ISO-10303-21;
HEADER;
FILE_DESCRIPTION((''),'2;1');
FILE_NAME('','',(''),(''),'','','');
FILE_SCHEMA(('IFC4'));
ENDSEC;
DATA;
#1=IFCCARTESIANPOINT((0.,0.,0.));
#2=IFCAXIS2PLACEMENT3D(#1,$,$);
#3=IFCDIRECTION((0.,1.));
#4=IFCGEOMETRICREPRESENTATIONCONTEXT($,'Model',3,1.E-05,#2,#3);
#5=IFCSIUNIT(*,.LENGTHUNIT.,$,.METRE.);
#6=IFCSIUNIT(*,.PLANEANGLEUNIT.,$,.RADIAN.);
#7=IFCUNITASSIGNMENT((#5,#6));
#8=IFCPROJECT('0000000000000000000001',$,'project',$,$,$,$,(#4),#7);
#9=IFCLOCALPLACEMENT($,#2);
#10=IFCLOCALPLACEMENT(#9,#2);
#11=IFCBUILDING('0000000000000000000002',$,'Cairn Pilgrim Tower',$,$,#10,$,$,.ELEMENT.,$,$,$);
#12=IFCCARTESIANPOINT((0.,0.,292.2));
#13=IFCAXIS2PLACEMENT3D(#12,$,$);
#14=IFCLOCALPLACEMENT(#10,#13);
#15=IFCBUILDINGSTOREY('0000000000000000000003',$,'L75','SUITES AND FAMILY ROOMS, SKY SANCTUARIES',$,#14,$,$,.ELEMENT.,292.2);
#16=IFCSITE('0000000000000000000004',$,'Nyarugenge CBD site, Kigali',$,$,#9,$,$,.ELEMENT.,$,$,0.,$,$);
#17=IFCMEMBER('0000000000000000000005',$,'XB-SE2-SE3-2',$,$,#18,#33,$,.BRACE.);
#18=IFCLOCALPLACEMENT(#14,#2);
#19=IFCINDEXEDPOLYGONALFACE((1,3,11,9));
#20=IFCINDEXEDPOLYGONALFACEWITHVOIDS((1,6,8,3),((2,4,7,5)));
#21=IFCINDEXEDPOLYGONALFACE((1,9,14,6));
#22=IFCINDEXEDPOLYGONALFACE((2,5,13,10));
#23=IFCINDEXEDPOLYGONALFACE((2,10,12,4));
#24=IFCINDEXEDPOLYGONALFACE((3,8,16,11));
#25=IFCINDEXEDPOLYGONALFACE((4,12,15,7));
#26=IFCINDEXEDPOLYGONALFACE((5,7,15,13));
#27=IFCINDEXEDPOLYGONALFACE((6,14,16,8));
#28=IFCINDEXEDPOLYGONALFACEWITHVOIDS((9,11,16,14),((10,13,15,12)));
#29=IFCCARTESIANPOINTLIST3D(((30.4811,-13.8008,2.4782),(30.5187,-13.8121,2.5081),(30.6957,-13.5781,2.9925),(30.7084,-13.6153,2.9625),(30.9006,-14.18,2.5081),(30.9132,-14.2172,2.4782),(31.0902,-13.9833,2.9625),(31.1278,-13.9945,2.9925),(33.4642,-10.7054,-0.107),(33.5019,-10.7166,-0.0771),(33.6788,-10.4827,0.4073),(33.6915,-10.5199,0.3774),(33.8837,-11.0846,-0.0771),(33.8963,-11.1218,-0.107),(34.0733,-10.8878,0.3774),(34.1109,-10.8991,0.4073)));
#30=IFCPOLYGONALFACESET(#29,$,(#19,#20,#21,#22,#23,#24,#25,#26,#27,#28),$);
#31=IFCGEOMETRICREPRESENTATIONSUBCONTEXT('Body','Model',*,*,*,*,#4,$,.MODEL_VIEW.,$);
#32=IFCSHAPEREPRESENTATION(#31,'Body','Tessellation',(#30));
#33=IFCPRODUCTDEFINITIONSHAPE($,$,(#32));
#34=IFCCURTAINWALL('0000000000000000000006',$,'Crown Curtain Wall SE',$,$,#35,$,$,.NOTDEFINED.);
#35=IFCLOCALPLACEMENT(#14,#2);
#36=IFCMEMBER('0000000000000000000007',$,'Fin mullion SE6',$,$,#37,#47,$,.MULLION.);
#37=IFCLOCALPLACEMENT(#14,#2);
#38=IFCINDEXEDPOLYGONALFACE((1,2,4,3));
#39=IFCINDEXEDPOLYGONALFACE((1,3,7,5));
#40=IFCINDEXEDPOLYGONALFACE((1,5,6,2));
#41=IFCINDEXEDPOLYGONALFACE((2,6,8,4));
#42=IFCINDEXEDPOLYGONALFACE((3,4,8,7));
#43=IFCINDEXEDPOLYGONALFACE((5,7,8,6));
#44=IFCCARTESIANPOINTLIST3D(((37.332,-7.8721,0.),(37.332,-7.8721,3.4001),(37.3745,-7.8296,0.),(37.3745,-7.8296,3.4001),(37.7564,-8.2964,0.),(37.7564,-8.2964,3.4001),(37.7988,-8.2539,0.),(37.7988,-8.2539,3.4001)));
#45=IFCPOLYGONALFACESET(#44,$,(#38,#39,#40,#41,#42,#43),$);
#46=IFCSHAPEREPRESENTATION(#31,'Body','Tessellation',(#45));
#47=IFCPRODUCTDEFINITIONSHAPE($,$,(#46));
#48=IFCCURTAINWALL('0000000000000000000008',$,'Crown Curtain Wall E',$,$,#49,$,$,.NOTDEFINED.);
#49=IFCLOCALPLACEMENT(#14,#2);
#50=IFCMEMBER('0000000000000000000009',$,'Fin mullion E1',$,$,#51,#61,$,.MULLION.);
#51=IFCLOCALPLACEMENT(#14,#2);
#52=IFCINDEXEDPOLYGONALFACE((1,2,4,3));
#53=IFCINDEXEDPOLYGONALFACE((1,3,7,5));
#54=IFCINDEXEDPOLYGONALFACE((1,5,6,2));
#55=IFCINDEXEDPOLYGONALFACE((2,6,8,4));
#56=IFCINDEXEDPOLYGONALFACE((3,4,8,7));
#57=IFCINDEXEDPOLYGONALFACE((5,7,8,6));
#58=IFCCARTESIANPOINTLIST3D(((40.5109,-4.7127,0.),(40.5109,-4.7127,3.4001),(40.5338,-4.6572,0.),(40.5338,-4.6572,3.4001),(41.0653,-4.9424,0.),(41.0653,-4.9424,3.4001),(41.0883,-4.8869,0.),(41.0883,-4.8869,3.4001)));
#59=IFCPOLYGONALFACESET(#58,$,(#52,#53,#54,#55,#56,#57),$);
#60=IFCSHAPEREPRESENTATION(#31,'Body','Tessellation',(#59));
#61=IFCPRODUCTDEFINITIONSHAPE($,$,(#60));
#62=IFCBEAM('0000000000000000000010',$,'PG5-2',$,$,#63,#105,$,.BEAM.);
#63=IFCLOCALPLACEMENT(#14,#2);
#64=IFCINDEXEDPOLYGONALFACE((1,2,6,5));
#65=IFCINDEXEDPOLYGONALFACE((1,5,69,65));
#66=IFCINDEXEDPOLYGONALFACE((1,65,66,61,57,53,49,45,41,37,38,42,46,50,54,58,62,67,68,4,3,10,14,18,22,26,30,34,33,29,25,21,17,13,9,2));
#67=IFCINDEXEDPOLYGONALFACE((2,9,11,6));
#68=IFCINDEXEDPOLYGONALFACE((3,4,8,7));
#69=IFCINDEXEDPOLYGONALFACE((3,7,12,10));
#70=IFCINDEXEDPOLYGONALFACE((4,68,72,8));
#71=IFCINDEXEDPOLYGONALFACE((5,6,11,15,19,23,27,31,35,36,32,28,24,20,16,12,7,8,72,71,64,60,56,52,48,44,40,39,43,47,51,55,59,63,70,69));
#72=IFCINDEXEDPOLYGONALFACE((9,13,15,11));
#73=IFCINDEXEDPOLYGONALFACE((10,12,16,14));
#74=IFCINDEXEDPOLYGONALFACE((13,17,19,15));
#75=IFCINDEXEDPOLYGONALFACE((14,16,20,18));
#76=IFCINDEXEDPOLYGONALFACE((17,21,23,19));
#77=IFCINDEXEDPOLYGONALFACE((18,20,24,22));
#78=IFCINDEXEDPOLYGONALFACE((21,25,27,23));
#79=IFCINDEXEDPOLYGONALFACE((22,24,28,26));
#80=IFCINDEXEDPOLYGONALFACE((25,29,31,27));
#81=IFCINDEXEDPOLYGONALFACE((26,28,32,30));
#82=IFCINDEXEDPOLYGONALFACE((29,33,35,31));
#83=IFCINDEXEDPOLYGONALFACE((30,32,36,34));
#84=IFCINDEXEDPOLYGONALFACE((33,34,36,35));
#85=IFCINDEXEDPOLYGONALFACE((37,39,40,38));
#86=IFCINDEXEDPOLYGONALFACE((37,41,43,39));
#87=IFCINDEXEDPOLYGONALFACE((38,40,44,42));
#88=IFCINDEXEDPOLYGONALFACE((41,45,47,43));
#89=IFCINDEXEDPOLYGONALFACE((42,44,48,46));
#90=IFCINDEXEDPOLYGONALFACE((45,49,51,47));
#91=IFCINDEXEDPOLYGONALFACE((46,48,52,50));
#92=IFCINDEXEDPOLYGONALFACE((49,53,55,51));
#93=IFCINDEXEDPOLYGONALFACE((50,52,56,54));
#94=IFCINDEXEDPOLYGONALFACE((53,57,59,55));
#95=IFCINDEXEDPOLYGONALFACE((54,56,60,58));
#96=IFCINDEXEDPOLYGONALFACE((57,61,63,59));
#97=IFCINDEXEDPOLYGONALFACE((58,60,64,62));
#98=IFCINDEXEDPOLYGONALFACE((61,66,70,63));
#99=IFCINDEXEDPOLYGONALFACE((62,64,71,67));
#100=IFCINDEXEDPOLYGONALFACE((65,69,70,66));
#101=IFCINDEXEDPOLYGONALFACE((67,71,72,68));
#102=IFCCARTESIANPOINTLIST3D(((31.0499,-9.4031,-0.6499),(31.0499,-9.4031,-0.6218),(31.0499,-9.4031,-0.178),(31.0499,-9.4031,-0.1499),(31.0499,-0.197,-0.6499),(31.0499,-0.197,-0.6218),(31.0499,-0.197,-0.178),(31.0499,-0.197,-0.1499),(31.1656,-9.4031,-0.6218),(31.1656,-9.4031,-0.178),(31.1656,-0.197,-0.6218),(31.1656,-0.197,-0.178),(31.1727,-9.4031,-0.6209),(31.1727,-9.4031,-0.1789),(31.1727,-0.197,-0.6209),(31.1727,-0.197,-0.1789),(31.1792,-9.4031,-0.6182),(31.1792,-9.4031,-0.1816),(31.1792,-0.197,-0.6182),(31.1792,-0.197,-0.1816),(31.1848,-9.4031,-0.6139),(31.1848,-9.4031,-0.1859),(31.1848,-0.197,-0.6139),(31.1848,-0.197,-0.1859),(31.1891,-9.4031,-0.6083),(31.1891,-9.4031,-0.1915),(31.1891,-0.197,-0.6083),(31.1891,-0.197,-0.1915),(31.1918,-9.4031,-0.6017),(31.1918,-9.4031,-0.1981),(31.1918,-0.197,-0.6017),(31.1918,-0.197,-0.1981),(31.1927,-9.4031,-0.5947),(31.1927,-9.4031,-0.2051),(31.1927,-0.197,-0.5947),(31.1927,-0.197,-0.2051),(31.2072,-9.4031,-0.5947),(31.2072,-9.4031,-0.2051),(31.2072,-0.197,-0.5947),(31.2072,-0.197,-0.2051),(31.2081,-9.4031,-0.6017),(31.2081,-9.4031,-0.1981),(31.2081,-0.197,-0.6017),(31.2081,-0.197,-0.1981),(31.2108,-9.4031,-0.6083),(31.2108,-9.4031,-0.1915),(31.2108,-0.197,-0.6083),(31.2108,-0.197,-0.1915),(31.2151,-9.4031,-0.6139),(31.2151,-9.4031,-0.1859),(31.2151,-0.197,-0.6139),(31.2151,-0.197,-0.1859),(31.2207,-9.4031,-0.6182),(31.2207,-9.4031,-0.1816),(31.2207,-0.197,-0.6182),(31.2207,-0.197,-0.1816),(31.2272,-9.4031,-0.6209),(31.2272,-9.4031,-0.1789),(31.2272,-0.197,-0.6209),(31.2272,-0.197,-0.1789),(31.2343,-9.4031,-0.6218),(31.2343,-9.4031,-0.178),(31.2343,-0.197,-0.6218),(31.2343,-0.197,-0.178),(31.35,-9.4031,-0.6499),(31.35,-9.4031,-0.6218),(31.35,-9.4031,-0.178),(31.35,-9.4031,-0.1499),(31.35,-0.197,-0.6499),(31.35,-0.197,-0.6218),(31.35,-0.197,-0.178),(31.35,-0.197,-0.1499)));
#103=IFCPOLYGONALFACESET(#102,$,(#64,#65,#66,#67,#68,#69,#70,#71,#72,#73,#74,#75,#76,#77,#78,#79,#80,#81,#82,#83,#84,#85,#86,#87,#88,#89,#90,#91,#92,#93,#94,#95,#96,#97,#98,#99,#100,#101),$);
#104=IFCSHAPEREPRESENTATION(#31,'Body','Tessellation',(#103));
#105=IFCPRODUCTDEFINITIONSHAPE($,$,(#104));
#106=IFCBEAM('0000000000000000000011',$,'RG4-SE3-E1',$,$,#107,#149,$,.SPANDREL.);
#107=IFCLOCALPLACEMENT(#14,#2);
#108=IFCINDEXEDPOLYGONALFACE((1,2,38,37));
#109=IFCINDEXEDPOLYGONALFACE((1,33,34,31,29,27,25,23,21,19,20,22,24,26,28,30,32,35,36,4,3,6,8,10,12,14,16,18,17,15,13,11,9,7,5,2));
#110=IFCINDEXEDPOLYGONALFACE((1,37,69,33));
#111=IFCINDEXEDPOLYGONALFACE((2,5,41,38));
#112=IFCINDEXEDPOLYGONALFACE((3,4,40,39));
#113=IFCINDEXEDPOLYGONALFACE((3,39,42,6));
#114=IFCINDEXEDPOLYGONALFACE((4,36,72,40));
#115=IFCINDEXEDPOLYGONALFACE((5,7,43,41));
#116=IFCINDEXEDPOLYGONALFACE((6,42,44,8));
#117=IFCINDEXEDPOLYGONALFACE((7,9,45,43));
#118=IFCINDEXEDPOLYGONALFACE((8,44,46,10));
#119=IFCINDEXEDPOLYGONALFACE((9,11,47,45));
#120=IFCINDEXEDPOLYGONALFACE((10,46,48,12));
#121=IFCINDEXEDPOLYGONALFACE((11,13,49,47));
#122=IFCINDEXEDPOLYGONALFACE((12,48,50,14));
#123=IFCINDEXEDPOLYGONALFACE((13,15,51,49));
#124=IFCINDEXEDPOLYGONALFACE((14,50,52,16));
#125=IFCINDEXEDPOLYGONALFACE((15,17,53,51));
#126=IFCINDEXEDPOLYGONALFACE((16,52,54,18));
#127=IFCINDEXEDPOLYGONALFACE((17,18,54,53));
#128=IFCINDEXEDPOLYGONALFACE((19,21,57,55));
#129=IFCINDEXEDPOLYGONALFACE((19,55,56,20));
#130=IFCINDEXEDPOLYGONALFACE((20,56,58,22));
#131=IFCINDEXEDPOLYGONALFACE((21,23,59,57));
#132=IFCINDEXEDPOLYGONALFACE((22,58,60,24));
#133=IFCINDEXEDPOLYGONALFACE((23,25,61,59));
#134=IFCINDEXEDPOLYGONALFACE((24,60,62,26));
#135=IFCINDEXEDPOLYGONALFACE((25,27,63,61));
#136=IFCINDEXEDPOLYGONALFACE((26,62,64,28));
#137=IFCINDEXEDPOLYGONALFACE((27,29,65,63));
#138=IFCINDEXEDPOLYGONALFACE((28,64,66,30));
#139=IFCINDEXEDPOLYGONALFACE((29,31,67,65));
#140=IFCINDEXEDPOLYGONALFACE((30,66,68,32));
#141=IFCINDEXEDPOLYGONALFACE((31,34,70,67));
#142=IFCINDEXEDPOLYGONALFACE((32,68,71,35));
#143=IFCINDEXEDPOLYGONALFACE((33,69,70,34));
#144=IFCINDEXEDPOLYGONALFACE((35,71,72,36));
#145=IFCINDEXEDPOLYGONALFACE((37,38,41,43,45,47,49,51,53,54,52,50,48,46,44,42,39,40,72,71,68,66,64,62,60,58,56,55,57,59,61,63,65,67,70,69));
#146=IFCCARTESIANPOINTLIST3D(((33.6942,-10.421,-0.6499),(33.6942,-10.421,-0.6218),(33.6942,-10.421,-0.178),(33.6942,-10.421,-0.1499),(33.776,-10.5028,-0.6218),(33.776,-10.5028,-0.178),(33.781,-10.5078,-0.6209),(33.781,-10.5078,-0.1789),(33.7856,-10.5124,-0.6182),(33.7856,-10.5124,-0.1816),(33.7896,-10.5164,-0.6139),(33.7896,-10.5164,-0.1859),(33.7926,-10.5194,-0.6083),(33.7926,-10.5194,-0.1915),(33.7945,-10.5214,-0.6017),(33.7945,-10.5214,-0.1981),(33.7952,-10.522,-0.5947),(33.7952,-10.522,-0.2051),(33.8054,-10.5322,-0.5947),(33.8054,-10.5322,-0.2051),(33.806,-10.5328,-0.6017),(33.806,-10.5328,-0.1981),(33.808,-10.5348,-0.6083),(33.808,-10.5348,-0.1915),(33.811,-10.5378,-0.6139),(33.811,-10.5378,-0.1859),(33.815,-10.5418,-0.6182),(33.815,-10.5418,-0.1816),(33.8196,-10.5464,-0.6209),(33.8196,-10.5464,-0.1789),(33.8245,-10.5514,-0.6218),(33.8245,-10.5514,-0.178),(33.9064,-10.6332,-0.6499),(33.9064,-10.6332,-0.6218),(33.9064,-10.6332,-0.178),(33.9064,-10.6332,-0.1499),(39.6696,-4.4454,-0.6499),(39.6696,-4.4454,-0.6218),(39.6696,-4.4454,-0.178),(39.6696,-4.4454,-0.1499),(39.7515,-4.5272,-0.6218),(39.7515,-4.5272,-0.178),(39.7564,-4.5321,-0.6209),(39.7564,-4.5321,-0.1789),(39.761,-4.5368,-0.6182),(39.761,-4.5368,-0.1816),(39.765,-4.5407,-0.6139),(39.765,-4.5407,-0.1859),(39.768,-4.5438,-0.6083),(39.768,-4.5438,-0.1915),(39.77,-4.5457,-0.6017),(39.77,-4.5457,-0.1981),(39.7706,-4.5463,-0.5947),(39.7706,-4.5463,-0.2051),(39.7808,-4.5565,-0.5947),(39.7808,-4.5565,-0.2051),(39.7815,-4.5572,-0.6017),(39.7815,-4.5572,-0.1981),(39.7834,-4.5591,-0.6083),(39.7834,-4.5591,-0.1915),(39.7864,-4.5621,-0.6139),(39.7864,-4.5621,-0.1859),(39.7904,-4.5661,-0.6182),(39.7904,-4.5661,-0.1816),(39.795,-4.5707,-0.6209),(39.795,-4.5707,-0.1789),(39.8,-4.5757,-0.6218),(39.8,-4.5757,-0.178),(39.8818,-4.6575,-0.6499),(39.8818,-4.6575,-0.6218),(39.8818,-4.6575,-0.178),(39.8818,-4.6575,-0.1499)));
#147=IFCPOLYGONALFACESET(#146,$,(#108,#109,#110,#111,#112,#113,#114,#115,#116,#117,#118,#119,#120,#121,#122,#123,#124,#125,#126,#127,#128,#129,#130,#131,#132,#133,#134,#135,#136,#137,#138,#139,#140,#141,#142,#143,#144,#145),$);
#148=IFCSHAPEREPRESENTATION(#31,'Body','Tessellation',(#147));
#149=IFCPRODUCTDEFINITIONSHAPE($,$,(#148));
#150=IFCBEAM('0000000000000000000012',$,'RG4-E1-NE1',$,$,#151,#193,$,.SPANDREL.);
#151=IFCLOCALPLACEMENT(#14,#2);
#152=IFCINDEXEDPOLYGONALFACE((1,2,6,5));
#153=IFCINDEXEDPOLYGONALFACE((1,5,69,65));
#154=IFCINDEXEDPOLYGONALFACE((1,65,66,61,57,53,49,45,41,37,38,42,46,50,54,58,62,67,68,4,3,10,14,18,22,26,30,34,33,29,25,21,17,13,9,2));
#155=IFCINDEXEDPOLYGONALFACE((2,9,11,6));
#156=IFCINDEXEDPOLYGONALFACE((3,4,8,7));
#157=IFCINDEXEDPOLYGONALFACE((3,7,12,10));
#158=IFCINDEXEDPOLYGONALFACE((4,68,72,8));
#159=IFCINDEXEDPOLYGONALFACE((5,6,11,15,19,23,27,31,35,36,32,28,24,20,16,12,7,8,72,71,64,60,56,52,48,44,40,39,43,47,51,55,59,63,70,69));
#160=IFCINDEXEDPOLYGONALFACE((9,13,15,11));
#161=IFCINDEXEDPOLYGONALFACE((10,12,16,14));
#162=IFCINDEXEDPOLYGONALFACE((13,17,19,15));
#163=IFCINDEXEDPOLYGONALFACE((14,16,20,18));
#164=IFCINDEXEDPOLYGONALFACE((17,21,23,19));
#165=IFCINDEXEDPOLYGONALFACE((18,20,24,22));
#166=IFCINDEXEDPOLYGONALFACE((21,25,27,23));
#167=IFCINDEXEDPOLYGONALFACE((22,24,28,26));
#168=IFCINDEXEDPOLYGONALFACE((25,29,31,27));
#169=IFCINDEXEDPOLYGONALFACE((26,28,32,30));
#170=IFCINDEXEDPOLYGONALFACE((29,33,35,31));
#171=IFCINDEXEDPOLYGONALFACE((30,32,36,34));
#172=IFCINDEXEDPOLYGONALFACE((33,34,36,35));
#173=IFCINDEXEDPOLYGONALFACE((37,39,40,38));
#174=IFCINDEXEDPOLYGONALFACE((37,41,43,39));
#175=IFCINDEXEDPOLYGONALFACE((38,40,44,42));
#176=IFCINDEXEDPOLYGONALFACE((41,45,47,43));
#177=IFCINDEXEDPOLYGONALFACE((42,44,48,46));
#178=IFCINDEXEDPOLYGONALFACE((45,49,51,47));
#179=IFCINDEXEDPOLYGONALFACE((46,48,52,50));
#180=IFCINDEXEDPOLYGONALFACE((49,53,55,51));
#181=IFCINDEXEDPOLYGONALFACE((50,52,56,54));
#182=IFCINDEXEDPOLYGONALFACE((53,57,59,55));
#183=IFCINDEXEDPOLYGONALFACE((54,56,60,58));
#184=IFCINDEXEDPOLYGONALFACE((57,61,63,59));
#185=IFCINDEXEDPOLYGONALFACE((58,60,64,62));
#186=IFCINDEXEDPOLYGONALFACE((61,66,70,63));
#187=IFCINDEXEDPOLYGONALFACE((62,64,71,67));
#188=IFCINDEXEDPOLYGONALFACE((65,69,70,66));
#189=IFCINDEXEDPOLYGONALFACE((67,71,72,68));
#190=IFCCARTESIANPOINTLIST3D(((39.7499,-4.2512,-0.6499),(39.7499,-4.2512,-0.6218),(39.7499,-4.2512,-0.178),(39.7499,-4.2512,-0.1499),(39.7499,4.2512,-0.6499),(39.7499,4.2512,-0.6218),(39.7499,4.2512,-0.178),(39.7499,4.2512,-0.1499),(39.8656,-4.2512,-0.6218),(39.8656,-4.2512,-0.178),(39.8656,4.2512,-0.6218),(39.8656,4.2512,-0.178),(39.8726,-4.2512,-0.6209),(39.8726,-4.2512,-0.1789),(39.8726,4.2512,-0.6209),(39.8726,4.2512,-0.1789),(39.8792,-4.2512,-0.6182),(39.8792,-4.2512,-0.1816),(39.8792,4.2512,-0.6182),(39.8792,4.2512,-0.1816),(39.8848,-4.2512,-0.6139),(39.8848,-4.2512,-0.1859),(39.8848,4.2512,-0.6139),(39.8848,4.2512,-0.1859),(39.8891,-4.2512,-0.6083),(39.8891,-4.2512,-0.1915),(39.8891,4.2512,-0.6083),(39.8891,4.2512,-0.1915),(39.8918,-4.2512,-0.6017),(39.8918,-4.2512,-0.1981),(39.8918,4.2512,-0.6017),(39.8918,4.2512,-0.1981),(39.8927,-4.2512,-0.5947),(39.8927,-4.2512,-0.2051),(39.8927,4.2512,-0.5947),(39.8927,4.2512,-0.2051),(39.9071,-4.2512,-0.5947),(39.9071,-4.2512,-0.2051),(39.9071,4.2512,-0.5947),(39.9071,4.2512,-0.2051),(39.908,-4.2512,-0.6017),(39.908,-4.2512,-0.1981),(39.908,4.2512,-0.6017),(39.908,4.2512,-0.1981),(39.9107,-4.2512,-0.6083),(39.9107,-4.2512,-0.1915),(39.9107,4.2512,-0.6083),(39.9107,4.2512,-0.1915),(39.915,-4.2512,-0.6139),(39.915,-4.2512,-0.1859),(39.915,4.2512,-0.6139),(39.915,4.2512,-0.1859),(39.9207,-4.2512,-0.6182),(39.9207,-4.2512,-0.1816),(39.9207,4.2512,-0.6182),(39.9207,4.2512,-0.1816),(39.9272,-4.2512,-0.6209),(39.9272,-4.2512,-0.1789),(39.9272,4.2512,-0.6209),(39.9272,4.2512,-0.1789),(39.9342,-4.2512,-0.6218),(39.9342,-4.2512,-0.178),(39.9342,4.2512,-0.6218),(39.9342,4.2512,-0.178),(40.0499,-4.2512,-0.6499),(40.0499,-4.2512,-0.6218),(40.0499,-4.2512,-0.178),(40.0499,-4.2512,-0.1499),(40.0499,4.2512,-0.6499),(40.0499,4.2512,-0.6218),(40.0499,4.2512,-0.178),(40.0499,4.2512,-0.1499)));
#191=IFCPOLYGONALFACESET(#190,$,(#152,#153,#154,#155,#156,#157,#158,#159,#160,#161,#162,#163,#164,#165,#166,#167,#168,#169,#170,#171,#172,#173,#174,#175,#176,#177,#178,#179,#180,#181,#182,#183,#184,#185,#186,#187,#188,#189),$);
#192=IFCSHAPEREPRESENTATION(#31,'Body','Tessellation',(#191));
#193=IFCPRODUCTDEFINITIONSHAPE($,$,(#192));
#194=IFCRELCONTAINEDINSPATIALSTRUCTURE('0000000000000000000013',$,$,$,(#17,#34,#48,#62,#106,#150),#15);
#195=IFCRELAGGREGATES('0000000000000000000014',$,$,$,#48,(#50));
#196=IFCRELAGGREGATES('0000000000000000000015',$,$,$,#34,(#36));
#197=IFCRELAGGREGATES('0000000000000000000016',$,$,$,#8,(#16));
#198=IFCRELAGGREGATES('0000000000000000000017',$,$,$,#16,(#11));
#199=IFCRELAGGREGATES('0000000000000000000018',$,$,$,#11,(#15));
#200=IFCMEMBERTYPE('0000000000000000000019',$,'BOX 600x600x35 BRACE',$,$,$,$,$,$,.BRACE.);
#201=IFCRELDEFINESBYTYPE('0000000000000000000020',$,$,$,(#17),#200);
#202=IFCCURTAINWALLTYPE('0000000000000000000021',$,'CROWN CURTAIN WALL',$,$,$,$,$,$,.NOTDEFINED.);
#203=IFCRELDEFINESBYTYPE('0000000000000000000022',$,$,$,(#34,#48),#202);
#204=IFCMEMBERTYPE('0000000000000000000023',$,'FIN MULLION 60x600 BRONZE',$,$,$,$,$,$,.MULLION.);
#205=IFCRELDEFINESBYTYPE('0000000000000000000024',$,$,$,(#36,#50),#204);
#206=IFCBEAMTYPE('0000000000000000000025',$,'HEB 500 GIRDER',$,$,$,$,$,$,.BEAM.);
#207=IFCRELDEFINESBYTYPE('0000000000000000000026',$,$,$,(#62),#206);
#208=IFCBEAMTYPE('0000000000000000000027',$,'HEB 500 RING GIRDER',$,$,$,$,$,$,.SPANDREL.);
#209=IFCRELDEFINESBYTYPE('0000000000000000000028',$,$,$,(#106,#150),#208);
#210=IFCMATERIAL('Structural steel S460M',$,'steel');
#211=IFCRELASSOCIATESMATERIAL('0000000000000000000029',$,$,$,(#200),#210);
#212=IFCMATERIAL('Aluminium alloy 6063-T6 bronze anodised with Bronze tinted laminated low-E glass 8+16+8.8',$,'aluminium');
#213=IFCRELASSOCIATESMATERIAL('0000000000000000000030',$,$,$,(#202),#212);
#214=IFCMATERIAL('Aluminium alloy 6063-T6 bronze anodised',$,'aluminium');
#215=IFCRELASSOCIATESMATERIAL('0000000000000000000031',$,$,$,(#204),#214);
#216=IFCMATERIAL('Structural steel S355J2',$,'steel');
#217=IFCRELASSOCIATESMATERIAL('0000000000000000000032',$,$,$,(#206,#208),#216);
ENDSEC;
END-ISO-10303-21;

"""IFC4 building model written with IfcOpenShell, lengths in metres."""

from ifc_helpers import new_model, si_unit, direction, frame, origin, origin_2d, place, context, subcontext, project, spatial, rectangle, hollow_rectangle, i_section, extrude, material, material_profile, profile_set, type_object, element, aggregate, save


model = new_model("IFC4")

# Units and contexts
model_context = context("Model", 3, precision=1e-05, world=origin(), true_north=direction((0.0, 1.0)))
body_context = subcontext(model_context, "Body", "Model", "MODEL_VIEW")
ifc_project = project(units=[si_unit("LENGTHUNIT", "METRE"), si_unit("PLANEANGLEUNIT", "RADIAN")], contexts=[model_context])

# Site, building, storey
site_placement = place(None, origin())
site = spatial("IfcSite", under=ifc_project, at=site_placement, Name="Nyarugenge CBD site, Kigali", CompositionType="ELEMENT", RefElevation=0.0)
building_placement = place(site_placement, origin())
building = spatial("IfcBuilding", under=site, at=building_placement, Name="Cairn Pilgrim Tower", CompositionType="ELEMENT")
storey_placement = place(building_placement, frame((0.0, 0.0, 292.2)))
storey = spatial("IfcBuildingStorey", under=building, at=storey_placement, Name="L75", Description="SUITES AND FAMILY ROOMS, SKY SANCTUARIES", CompositionType="ELEMENT", Elevation=292.2)

# Shared definitions
ifc_material_1 = material(Name="Structural steel S355J2", Category="steel")

# Member
ifc_material_2 = material(Name="Structural steel S460M", Category="steel")
ifc_material_profile_1 = material_profile(ifc_material_2, hollow_rectangle(XDim=0.6001, YDim=0.6001, WallThickness=0.0349, at=origin_2d()), Name="BOX 600x600x35")
ifc_profile_set_1 = profile_set([ifc_material_profile_1], Name="Structural steel S460M")
member_type_1 = type_object("IfcMemberType", Name="BOX 600x600x35 BRACE", PredefinedType="BRACE", material=ifc_profile_set_1)
member_1_placement = place(storey_placement, frame((33.7876, -10.8022, 0.1501), z_axis=(-0.594679, -0.617067, 0.51535), x_axis=(0.720048, -0.693924, 0.0)))
element("IfcMember", 1, at=member_1_placement, inside=storey, type_object=member_type_1, Name="XB-SE2-SE3-2", PredefinedType="BRACE", context=body_context, shape_type="SweptSolid", body=[
    extrude(hollow_rectangle(XDim=0.6001, YDim=0.6001, WallThickness=0.0349, at=origin_2d()), origin(), (0.0, 0.0, 1.0), 5.0164),
])

# Curtain walls, members
ifc_material_3 = material(Name="Aluminium alloy 6063-T6 bronze anodised with Bronze tinted laminated low-E glass 8+16+8.8", Category="aluminium")
curtain_wall_type = type_object("IfcCurtainWallType", Name="CROWN CURTAIN WALL", PredefinedType="NOTDEFINED", material=ifc_material_3)
curtain_wall_1_placement = place(storey_placement, origin())
curtain_wall_1 = element("IfcCurtainWall", 2, at=curtain_wall_1_placement, inside=storey, type_object=curtain_wall_type, Name="Crown Curtain Wall SE", PredefinedType="NOTDEFINED")
ifc_material_4 = material(Name="Aluminium alloy 6063-T6 bronze anodised", Category="aluminium")
ifc_material_profile_2 = material_profile(ifc_material_4, rectangle(XDim=0.6001, YDim=0.0601, at=origin_2d()), Name="FIN MULLION 60x600 BRONZE")
ifc_profile_set_2 = profile_set([ifc_material_profile_2], Name="Aluminium alloy 6063-T6 bronze anodised")
member_type_2 = type_object("IfcMemberType", Name="FIN MULLION 60x600 BRONZE", PredefinedType="MULLION", material=ifc_profile_set_2)
member_2_placement = place(storey_placement, frame((37.5654, -8.063, 0.0), z_axis=(0.0, 0.0, 1.0), x_axis=(0.707107, -0.707107, 0.0)))
member_2 = element("IfcMember", 3, at=member_2_placement, type_object=member_type_2, Name="Fin mullion SE6", PredefinedType="MULLION", context=body_context, shape_type="SweptSolid", body=[
    extrude(rectangle(XDim=0.6001, YDim=0.0601, at=origin_2d()), origin(), (0.0, 0.0, 1.0), 3.4001),
])
curtain_wall_2_placement = place(storey_placement, origin())
curtain_wall_2 = element("IfcCurtainWall", 4, at=curtain_wall_2_placement, inside=storey, type_object=curtain_wall_type, Name="Crown Curtain Wall E", PredefinedType="NOTDEFINED")
member_3_placement = place(storey_placement, frame((40.7996, -4.7998, 0.0), z_axis=(0.0, 0.0, 1.0), x_axis=(0.92388, -0.382683, 0.0)))
member_3 = element("IfcMember", 5, at=member_3_placement, type_object=member_type_2, Name="Fin mullion E1", PredefinedType="MULLION", context=body_context, shape_type="SweptSolid", body=[
    extrude(rectangle(XDim=0.6001, YDim=0.0601, at=origin_2d()), origin(), (0.0, 0.0, 1.0), 3.4001),
])
aggregate(curtain_wall_2, [member_3])

# Beams
ifc_material_profile_3 = material_profile(ifc_material_1, i_section(OverallWidth=0.3, OverallDepth=0.5, WebThickness=0.0144, FlangeThickness=0.0281, FilletRadius=0.0271, at=origin_2d()), Name="HEB 500")
ifc_profile_set_3 = profile_set([ifc_material_profile_3], Name="Structural steel S355J2")
beam_type_1 = type_object("IfcBeamType", Name="HEB 500 GIRDER", PredefinedType="BEAM", material=ifc_profile_set_3)
beam_1_placement = place(storey_placement, frame((31.2, -9.4031, -0.3999), z_axis=(0.0, 1.0, 0.0), x_axis=(-1.0, 0.0, 0.0)))
element("IfcBeam", 6, at=beam_1_placement, inside=storey, type_object=beam_type_1, Name="PG5-2", PredefinedType="BEAM", context=body_context, shape_type="SweptSolid", body=[
    extrude(i_section(OverallWidth=0.3, OverallDepth=0.5, WebThickness=0.0144, FlangeThickness=0.0281, FilletRadius=0.0271, at=origin_2d()), origin(), (0.0, 0.0, 1.0), 9.2061),
])
ifc_material_profile_4 = material_profile(ifc_material_1, i_section(OverallWidth=0.3, OverallDepth=0.5, WebThickness=0.0144, FlangeThickness=0.0281, FilletRadius=0.0271, at=origin_2d()), Name="HEB 500")
ifc_profile_set_4 = profile_set([ifc_material_profile_4], Name="Structural steel S355J2")
beam_type_2 = type_object("IfcBeamType", Name="HEB 500 RING GIRDER", PredefinedType="SPANDREL", material=ifc_profile_set_4)
beam_2_placement = place(storey_placement, frame((33.8003, -10.5271, -0.3999), z_axis=(0.707092, 0.707121, 0.0), x_axis=(-0.707121, 0.707092, 0.0)))
element("IfcBeam", 7, at=beam_2_placement, inside=storey, type_object=beam_type_2, Name="RG4-SE3-E1", PredefinedType="SPANDREL", context=body_context, shape_type="SweptSolid", body=[
    extrude(i_section(OverallWidth=0.3, OverallDepth=0.5, WebThickness=0.0144, FlangeThickness=0.0281, FilletRadius=0.0271, at=origin_2d()), origin(), (0.0, 0.0, 1.0), 8.4507),
])
beam_3_placement = place(storey_placement, frame((39.8999, -4.2512, -0.3999), z_axis=(0.0, 1.0, 0.0), x_axis=(-1.0, 0.0, 0.0)))
element("IfcBeam", 8, at=beam_3_placement, inside=storey, type_object=beam_type_2, Name="RG4-E1-NE1", PredefinedType="SPANDREL", context=body_context, shape_type="SweptSolid", body=[
    extrude(i_section(OverallWidth=0.3, OverallDepth=0.5, WebThickness=0.0144, FlangeThickness=0.0281, FilletRadius=0.0271, at=origin_2d()), origin(), (0.0, 0.0, 1.0), 8.5024),
])

aggregate(curtain_wall_1, [member_2])

save(model, "model.ifc")
